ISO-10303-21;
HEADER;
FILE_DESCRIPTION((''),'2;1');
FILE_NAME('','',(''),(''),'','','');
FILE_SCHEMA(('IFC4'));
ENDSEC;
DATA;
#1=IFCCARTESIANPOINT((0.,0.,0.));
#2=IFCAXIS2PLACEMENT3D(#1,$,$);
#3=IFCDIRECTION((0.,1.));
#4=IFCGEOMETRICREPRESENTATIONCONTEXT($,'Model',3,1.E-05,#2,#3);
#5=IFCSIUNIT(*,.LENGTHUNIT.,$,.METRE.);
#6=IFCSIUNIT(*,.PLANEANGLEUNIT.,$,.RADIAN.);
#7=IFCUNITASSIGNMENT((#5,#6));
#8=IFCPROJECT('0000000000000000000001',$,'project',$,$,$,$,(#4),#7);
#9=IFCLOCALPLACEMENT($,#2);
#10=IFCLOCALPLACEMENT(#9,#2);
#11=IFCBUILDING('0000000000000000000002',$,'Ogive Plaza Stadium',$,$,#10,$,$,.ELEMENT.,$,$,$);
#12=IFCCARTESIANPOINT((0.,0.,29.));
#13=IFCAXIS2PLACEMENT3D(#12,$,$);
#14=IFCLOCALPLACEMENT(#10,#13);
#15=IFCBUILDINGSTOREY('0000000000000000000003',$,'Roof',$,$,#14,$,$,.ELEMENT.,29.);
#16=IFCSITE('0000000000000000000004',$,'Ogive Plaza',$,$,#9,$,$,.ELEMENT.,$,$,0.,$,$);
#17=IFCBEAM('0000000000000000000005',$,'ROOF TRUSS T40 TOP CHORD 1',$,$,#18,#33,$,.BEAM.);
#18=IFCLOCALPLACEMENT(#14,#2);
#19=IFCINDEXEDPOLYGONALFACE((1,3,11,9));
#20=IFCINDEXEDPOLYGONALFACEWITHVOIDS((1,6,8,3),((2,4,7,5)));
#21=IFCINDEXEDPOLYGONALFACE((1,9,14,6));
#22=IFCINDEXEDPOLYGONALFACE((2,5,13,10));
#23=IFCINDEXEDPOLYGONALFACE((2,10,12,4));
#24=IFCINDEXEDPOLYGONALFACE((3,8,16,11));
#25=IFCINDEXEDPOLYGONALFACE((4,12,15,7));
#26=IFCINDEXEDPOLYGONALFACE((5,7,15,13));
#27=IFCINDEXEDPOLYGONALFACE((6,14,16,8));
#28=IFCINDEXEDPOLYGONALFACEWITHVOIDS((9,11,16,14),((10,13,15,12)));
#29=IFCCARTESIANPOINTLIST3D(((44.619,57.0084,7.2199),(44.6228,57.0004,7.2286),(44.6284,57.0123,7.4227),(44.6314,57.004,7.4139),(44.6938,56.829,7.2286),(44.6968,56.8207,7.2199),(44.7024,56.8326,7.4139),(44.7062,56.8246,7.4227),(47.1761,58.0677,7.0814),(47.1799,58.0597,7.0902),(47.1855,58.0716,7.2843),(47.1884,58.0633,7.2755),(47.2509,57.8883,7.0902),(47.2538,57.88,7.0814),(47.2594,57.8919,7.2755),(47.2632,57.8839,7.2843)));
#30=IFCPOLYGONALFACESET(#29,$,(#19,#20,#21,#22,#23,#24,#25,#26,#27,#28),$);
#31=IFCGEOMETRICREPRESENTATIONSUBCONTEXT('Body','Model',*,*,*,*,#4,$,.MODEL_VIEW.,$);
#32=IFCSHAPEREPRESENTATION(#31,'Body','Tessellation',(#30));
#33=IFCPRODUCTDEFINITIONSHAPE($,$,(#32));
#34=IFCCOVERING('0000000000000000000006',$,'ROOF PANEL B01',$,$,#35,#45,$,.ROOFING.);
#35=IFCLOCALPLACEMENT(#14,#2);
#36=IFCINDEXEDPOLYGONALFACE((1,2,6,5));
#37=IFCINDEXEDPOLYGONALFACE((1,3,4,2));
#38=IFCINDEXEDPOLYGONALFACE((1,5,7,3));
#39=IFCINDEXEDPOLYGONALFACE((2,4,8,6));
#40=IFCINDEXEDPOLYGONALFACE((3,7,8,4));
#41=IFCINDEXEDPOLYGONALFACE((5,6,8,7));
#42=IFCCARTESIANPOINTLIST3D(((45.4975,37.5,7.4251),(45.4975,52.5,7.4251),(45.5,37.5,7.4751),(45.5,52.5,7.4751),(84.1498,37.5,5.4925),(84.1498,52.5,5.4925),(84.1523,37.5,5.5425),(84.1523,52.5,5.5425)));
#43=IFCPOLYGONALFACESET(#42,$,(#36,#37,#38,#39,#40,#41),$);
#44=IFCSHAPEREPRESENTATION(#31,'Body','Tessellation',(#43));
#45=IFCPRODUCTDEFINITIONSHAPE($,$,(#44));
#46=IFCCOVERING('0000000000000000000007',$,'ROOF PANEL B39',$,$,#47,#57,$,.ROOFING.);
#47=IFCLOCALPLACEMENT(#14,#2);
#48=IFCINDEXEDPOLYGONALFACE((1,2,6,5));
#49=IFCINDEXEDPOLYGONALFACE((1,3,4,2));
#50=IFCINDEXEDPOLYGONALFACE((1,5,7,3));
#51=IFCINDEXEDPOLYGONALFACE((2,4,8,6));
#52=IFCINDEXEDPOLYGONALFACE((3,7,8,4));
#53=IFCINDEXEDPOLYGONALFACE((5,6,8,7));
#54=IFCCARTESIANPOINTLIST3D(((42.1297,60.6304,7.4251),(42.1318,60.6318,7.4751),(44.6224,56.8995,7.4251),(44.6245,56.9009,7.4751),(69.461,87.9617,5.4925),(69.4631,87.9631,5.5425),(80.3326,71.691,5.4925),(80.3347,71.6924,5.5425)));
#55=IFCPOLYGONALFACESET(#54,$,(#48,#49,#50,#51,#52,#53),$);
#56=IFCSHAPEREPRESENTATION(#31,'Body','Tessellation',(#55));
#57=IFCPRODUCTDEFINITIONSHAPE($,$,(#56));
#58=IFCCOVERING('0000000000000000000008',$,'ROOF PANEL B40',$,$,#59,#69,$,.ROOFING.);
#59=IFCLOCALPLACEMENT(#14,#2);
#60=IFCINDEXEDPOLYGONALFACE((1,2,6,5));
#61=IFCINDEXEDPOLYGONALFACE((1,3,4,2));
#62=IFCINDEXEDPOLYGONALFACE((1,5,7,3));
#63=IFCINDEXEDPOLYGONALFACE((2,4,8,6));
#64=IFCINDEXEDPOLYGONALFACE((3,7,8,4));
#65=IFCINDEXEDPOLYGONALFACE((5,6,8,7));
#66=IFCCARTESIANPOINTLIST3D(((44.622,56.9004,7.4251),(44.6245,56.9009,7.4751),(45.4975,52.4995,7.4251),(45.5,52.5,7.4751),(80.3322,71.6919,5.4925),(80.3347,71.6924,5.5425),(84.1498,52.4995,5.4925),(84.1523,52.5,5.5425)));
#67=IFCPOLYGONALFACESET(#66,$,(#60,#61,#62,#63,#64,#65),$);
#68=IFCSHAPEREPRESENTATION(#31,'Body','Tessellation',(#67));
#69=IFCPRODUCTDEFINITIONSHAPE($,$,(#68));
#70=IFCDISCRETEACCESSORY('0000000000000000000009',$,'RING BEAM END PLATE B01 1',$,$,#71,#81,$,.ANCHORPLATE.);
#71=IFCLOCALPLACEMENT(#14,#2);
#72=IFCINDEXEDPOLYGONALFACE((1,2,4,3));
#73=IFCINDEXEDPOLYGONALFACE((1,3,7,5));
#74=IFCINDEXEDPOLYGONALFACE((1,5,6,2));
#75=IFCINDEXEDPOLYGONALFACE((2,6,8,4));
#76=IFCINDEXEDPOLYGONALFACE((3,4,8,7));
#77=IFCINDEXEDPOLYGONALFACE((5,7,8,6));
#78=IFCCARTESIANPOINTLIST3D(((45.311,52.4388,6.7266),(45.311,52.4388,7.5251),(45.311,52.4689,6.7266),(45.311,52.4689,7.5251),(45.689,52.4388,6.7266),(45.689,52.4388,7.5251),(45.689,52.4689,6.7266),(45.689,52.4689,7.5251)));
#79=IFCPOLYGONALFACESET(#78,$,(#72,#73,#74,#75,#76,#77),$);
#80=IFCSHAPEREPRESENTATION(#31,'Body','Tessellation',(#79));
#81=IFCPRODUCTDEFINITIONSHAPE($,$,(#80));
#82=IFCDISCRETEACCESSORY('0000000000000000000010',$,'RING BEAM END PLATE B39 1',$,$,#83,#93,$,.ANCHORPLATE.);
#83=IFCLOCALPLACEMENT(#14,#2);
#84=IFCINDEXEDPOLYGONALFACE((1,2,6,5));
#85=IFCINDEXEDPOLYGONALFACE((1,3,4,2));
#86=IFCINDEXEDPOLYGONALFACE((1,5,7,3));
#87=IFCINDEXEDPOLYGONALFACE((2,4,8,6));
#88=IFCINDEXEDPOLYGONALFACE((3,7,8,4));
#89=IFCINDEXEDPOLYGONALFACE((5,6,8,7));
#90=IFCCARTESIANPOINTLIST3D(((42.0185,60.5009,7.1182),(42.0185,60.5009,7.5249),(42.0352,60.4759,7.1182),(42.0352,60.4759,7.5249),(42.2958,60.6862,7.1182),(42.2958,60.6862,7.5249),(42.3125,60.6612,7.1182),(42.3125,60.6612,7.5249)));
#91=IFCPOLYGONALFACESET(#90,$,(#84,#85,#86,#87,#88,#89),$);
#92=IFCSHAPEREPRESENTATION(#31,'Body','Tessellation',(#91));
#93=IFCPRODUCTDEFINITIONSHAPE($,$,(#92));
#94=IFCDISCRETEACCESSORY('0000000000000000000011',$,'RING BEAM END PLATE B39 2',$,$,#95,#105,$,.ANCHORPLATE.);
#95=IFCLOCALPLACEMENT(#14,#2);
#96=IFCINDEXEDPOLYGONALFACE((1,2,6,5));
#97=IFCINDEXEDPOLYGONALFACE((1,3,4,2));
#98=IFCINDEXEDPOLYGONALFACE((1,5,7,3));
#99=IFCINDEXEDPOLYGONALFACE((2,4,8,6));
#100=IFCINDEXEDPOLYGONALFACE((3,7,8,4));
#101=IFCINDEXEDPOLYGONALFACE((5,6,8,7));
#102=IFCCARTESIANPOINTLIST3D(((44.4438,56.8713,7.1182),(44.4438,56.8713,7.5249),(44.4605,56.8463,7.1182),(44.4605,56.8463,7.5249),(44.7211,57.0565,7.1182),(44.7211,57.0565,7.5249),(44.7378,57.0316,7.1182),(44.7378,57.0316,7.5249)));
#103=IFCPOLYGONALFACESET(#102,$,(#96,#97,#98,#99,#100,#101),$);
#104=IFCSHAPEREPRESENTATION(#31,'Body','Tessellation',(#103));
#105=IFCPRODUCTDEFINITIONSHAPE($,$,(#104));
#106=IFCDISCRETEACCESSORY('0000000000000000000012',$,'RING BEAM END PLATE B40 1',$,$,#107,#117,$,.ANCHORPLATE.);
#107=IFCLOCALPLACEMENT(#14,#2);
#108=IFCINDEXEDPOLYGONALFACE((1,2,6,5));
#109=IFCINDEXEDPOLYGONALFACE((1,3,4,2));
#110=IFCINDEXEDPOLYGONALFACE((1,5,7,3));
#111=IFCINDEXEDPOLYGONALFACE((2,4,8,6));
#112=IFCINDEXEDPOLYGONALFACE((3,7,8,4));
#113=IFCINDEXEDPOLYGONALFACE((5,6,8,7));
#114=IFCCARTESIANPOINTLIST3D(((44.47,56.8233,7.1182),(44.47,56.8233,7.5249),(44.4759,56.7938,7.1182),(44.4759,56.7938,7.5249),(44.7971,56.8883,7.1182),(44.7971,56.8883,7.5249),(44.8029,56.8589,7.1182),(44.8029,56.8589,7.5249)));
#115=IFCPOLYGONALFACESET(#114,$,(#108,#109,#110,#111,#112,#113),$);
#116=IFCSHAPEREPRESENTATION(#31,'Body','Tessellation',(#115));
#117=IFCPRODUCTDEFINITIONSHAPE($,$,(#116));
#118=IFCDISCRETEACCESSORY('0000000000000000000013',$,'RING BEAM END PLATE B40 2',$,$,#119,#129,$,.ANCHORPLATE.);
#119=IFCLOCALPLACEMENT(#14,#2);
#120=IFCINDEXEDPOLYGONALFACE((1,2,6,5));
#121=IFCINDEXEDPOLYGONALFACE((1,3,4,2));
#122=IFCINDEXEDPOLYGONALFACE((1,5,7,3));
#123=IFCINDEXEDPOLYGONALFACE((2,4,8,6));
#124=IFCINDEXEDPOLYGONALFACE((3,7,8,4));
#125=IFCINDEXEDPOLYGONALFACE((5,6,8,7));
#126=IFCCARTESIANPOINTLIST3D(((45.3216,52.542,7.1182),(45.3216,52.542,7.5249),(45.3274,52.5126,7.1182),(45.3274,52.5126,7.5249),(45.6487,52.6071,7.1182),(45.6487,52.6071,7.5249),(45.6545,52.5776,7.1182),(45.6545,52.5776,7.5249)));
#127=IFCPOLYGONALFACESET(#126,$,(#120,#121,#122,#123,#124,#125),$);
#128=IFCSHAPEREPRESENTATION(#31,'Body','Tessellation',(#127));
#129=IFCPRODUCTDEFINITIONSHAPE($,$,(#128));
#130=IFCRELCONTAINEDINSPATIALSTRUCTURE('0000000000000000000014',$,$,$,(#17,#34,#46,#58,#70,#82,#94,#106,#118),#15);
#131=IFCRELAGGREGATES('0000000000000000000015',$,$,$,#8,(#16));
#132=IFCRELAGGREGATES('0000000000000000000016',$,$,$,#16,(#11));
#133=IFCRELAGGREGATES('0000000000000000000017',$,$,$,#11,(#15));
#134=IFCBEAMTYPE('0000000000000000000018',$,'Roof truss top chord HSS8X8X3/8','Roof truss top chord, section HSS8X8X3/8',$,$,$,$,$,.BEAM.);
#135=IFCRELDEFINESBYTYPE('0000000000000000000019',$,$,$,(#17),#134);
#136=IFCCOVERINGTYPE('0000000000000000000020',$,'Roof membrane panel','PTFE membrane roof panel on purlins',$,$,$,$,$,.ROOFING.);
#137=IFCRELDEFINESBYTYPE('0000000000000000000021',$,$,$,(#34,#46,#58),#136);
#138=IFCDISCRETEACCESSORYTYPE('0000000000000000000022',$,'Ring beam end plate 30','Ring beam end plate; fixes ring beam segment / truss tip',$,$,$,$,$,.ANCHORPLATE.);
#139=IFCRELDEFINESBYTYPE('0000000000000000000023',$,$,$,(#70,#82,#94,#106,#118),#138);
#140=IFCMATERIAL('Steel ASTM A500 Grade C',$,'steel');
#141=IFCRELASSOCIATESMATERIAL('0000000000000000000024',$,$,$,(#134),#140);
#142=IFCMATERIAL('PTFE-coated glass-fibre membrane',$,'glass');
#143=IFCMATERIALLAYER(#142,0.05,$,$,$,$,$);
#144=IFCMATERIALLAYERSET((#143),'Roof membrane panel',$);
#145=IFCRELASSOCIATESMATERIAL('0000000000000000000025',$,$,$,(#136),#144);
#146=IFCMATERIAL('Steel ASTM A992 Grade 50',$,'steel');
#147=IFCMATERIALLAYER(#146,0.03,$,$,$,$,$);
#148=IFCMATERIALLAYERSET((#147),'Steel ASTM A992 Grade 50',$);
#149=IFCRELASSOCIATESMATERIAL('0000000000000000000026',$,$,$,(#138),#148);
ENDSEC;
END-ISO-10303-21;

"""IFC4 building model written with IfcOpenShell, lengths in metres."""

from ifc_helpers import new_model, si_unit, direction, frame, origin, origin_2d, place, context, subcontext, project, spatial, polyline, rectangle, hollow_rectangle, outline, extrude, material, layer, layer_set, material_profile, profile_set, type_object, element, save


model = new_model("IFC4")

# Units and contexts
model_context = context("Model", 3, precision=1e-05, world=origin(), true_north=direction((0.0, 1.0)))
body_context = subcontext(model_context, "Body", "Model", "MODEL_VIEW")
ifc_project = project(units=[si_unit("LENGTHUNIT", "METRE"), si_unit("PLANEANGLEUNIT", "RADIAN")], contexts=[model_context])

# Site, building, storey
site_placement = place(None, origin())
site = spatial("IfcSite", under=ifc_project, at=site_placement, Name="Ogive Plaza", CompositionType="ELEMENT", RefElevation=0.0)
building_placement = place(site_placement, origin())
building = spatial("IfcBuilding", under=site, at=building_placement, Name="Ogive Plaza Stadium", CompositionType="ELEMENT")
storey_placement = place(building_placement, frame((0.0, 0.0, 29.0)))
storey = spatial("IfcBuildingStorey", under=building, at=storey_placement, Name="Roof", CompositionType="ELEMENT", Elevation=29.0)

# Beam
ifc_material_1 = material(Name="Steel ASTM A500 Grade C", Category="steel")
ifc_material_profile_1 = material_profile(ifc_material_1, hollow_rectangle(XDim=0.2031, YDim=0.2031, WallThickness=0.0088, at=origin_2d()), Name="HSS8X8X3/8")
ifc_profile_set_1 = profile_set([ifc_material_profile_1], Name="Steel ASTM A500 Grade C")
beam_type_1 = type_object("IfcBeamType", Name="Roof truss top chord HSS8X8X3/8", Description="Roof truss top chord, section HSS8X8X3/8", PredefinedType="BEAM", material=ifc_profile_set_1)
beam_1_placement = place(storey_placement, frame((44.6626, 56.9165, 7.3213), z_axis=(0.92271, 0.382245, -0.04995), x_axis=(-0.382723, 0.923863, 0.0)))
element("IfcBeam", 1, at=beam_1_placement, inside=storey, type_object=beam_type_1, Name="ROOF TRUSS T40 TOP CHORD 1", PredefinedType="BEAM", context=body_context, shape_type="SweptSolid", body=[
    extrude(hollow_rectangle(XDim=0.2031, YDim=0.2031, WallThickness=0.0088, at=origin_2d()), origin(), (0.0, 0.0, 1.0), 2.7712),
])

# Coverings
ifc_material_2 = material(Name="PTFE-coated glass-fibre membrane", Category="glass")
ifc_layer_1 = layer(ifc_material_2, 0.05)
ifc_layer_set_1 = layer_set([ifc_layer_1], Name="Roof membrane panel")
covering_type = type_object("IfcCoveringType", Name="Roof membrane panel", Description="PTFE membrane roof panel on purlins", PredefinedType="ROOFING", material=ifc_layer_set_1)
covering_1_placement = place(storey_placement, frame((45.5, 52.5, 7.4751), z_axis=(0.049938, 0.0, 0.998752), x_axis=(0.998752, 0.0, -0.049938)))
element("IfcCovering", 2, at=covering_1_placement, inside=storey, type_object=covering_type, Name="ROOF PANEL B01", PredefinedType="ROOFING", context=body_context, shape_type="SweptSolid", body=[
    extrude(outline(polyline([(0.0, 0.0), (38.7006, 0.0), (38.7006, -15.0), (0.0, -15.0), (0.0, 0.0)])), origin(), (0.0, 0.0, -1.0), 0.05),
])
covering_2_placement = place(storey_placement, frame((42.1318, 60.6318, 7.4751), z_axis=(0.042333, 0.028285, 0.998703), x_axis=(0.706225, 0.706225, -0.049937)))
element("IfcCovering", 3, at=covering_2_placement, inside=storey, type_object=covering_type, Name="ROOF PANEL B39", PredefinedType="ROOFING", context=body_context, shape_type="SweptSolid", body=[
    extrude(outline(polyline([(0.0, 0.0), (38.7006, 0.0), (34.8876, -19.1935), (-0.8745, -4.401), (0.0, 0.0)])), origin(), (0.0, 0.0, -1.0), 0.05),
])
covering_3_placement = place(storey_placement, frame((44.6245, 56.9009, 7.4751), z_axis=(0.049935, 0.009933, 0.998703), x_axis=(0.922728, 0.382203, -0.049938)))
element("IfcCovering", 4, at=covering_3_placement, inside=storey, type_object=covering_type, Name="ROOF PANEL B40", PredefinedType="ROOFING", context=body_context, shape_type="SweptSolid", body=[
    extrude(outline(polyline([(0.0, 0.0), (38.7007, 0.0), (34.8879, -19.1934), (-0.8742, -4.4011), (0.0, 0.0)])), origin(), (0.0, 0.0, -1.0), 0.05),
])

# Discrete accessories
ifc_material_3 = material(Name="Steel ASTM A992 Grade 50", Category="steel")
ifc_layer_2 = layer(ifc_material_3, 0.03)
ifc_layer_set_2 = layer_set([ifc_layer_2], Name="Steel ASTM A992 Grade 50")
discrete_accessory_type = type_object("IfcDiscreteAccessoryType", Name="Ring beam end plate 30", Description="Ring beam end plate; fixes ring beam segment / truss tip", PredefinedType="ANCHORPLATE", material=ifc_layer_set_2)
discrete_accessory_placement = place(storey_placement, frame((45.5, 52.4539, 6.7266), z_axis=(0.0, 0.0, 1.0), x_axis=(0.0, -1.0, 0.0)))
element("IfcDiscreteAccessory", 5, at=discrete_accessory_placement, inside=storey, type_object=discrete_accessory_type, Name="RING BEAM END PLATE B01 1", PredefinedType="ANCHORPLATE", context=body_context, shape_type="SweptSolid", body=[
    extrude(rectangle(XDim=0.03, YDim=0.3779, at=origin_2d()), origin(), (0.0, 0.0, 1.0), 0.7986),
])
for number, where, z_axis, x_axis, name in (
    (6, (42.1655, 60.5811, 7.1182), (0.0, 0.0, 1.0), (0.55557, -0.83147, 0.0), "RING BEAM END PLATE B39 1"),
    (7, (44.5908, 56.9514, 7.1182), (0.0, 0.0, 1.0), (0.55557, -0.83147, 0.0), "RING BEAM END PLATE B39 2"),
    (8, (44.6365, 56.8411, 7.1182), (0.0, 0.0, 1.0), (0.19509, -0.980785, 0.0), "RING BEAM END PLATE B40 1"),
    (9, (45.488, 52.5598, 7.1182), (0.0, 0.0, 1.0), (0.19509, -0.980785, 0.0), "RING BEAM END PLATE B40 2"),
):
    element("IfcDiscreteAccessory", number, at=place(storey_placement, frame(where, z_axis=z_axis, x_axis=x_axis)), inside=storey, type_object=discrete_accessory_type, Name=name, PredefinedType="ANCHORPLATE", context=body_context, shape_type="SweptSolid", body=[
        extrude(rectangle(XDim=0.03, YDim=0.3335, at=origin_2d()), origin(), (0.0, 0.0, 1.0), 0.4067),
    ])

save(model, "model.ifc")
